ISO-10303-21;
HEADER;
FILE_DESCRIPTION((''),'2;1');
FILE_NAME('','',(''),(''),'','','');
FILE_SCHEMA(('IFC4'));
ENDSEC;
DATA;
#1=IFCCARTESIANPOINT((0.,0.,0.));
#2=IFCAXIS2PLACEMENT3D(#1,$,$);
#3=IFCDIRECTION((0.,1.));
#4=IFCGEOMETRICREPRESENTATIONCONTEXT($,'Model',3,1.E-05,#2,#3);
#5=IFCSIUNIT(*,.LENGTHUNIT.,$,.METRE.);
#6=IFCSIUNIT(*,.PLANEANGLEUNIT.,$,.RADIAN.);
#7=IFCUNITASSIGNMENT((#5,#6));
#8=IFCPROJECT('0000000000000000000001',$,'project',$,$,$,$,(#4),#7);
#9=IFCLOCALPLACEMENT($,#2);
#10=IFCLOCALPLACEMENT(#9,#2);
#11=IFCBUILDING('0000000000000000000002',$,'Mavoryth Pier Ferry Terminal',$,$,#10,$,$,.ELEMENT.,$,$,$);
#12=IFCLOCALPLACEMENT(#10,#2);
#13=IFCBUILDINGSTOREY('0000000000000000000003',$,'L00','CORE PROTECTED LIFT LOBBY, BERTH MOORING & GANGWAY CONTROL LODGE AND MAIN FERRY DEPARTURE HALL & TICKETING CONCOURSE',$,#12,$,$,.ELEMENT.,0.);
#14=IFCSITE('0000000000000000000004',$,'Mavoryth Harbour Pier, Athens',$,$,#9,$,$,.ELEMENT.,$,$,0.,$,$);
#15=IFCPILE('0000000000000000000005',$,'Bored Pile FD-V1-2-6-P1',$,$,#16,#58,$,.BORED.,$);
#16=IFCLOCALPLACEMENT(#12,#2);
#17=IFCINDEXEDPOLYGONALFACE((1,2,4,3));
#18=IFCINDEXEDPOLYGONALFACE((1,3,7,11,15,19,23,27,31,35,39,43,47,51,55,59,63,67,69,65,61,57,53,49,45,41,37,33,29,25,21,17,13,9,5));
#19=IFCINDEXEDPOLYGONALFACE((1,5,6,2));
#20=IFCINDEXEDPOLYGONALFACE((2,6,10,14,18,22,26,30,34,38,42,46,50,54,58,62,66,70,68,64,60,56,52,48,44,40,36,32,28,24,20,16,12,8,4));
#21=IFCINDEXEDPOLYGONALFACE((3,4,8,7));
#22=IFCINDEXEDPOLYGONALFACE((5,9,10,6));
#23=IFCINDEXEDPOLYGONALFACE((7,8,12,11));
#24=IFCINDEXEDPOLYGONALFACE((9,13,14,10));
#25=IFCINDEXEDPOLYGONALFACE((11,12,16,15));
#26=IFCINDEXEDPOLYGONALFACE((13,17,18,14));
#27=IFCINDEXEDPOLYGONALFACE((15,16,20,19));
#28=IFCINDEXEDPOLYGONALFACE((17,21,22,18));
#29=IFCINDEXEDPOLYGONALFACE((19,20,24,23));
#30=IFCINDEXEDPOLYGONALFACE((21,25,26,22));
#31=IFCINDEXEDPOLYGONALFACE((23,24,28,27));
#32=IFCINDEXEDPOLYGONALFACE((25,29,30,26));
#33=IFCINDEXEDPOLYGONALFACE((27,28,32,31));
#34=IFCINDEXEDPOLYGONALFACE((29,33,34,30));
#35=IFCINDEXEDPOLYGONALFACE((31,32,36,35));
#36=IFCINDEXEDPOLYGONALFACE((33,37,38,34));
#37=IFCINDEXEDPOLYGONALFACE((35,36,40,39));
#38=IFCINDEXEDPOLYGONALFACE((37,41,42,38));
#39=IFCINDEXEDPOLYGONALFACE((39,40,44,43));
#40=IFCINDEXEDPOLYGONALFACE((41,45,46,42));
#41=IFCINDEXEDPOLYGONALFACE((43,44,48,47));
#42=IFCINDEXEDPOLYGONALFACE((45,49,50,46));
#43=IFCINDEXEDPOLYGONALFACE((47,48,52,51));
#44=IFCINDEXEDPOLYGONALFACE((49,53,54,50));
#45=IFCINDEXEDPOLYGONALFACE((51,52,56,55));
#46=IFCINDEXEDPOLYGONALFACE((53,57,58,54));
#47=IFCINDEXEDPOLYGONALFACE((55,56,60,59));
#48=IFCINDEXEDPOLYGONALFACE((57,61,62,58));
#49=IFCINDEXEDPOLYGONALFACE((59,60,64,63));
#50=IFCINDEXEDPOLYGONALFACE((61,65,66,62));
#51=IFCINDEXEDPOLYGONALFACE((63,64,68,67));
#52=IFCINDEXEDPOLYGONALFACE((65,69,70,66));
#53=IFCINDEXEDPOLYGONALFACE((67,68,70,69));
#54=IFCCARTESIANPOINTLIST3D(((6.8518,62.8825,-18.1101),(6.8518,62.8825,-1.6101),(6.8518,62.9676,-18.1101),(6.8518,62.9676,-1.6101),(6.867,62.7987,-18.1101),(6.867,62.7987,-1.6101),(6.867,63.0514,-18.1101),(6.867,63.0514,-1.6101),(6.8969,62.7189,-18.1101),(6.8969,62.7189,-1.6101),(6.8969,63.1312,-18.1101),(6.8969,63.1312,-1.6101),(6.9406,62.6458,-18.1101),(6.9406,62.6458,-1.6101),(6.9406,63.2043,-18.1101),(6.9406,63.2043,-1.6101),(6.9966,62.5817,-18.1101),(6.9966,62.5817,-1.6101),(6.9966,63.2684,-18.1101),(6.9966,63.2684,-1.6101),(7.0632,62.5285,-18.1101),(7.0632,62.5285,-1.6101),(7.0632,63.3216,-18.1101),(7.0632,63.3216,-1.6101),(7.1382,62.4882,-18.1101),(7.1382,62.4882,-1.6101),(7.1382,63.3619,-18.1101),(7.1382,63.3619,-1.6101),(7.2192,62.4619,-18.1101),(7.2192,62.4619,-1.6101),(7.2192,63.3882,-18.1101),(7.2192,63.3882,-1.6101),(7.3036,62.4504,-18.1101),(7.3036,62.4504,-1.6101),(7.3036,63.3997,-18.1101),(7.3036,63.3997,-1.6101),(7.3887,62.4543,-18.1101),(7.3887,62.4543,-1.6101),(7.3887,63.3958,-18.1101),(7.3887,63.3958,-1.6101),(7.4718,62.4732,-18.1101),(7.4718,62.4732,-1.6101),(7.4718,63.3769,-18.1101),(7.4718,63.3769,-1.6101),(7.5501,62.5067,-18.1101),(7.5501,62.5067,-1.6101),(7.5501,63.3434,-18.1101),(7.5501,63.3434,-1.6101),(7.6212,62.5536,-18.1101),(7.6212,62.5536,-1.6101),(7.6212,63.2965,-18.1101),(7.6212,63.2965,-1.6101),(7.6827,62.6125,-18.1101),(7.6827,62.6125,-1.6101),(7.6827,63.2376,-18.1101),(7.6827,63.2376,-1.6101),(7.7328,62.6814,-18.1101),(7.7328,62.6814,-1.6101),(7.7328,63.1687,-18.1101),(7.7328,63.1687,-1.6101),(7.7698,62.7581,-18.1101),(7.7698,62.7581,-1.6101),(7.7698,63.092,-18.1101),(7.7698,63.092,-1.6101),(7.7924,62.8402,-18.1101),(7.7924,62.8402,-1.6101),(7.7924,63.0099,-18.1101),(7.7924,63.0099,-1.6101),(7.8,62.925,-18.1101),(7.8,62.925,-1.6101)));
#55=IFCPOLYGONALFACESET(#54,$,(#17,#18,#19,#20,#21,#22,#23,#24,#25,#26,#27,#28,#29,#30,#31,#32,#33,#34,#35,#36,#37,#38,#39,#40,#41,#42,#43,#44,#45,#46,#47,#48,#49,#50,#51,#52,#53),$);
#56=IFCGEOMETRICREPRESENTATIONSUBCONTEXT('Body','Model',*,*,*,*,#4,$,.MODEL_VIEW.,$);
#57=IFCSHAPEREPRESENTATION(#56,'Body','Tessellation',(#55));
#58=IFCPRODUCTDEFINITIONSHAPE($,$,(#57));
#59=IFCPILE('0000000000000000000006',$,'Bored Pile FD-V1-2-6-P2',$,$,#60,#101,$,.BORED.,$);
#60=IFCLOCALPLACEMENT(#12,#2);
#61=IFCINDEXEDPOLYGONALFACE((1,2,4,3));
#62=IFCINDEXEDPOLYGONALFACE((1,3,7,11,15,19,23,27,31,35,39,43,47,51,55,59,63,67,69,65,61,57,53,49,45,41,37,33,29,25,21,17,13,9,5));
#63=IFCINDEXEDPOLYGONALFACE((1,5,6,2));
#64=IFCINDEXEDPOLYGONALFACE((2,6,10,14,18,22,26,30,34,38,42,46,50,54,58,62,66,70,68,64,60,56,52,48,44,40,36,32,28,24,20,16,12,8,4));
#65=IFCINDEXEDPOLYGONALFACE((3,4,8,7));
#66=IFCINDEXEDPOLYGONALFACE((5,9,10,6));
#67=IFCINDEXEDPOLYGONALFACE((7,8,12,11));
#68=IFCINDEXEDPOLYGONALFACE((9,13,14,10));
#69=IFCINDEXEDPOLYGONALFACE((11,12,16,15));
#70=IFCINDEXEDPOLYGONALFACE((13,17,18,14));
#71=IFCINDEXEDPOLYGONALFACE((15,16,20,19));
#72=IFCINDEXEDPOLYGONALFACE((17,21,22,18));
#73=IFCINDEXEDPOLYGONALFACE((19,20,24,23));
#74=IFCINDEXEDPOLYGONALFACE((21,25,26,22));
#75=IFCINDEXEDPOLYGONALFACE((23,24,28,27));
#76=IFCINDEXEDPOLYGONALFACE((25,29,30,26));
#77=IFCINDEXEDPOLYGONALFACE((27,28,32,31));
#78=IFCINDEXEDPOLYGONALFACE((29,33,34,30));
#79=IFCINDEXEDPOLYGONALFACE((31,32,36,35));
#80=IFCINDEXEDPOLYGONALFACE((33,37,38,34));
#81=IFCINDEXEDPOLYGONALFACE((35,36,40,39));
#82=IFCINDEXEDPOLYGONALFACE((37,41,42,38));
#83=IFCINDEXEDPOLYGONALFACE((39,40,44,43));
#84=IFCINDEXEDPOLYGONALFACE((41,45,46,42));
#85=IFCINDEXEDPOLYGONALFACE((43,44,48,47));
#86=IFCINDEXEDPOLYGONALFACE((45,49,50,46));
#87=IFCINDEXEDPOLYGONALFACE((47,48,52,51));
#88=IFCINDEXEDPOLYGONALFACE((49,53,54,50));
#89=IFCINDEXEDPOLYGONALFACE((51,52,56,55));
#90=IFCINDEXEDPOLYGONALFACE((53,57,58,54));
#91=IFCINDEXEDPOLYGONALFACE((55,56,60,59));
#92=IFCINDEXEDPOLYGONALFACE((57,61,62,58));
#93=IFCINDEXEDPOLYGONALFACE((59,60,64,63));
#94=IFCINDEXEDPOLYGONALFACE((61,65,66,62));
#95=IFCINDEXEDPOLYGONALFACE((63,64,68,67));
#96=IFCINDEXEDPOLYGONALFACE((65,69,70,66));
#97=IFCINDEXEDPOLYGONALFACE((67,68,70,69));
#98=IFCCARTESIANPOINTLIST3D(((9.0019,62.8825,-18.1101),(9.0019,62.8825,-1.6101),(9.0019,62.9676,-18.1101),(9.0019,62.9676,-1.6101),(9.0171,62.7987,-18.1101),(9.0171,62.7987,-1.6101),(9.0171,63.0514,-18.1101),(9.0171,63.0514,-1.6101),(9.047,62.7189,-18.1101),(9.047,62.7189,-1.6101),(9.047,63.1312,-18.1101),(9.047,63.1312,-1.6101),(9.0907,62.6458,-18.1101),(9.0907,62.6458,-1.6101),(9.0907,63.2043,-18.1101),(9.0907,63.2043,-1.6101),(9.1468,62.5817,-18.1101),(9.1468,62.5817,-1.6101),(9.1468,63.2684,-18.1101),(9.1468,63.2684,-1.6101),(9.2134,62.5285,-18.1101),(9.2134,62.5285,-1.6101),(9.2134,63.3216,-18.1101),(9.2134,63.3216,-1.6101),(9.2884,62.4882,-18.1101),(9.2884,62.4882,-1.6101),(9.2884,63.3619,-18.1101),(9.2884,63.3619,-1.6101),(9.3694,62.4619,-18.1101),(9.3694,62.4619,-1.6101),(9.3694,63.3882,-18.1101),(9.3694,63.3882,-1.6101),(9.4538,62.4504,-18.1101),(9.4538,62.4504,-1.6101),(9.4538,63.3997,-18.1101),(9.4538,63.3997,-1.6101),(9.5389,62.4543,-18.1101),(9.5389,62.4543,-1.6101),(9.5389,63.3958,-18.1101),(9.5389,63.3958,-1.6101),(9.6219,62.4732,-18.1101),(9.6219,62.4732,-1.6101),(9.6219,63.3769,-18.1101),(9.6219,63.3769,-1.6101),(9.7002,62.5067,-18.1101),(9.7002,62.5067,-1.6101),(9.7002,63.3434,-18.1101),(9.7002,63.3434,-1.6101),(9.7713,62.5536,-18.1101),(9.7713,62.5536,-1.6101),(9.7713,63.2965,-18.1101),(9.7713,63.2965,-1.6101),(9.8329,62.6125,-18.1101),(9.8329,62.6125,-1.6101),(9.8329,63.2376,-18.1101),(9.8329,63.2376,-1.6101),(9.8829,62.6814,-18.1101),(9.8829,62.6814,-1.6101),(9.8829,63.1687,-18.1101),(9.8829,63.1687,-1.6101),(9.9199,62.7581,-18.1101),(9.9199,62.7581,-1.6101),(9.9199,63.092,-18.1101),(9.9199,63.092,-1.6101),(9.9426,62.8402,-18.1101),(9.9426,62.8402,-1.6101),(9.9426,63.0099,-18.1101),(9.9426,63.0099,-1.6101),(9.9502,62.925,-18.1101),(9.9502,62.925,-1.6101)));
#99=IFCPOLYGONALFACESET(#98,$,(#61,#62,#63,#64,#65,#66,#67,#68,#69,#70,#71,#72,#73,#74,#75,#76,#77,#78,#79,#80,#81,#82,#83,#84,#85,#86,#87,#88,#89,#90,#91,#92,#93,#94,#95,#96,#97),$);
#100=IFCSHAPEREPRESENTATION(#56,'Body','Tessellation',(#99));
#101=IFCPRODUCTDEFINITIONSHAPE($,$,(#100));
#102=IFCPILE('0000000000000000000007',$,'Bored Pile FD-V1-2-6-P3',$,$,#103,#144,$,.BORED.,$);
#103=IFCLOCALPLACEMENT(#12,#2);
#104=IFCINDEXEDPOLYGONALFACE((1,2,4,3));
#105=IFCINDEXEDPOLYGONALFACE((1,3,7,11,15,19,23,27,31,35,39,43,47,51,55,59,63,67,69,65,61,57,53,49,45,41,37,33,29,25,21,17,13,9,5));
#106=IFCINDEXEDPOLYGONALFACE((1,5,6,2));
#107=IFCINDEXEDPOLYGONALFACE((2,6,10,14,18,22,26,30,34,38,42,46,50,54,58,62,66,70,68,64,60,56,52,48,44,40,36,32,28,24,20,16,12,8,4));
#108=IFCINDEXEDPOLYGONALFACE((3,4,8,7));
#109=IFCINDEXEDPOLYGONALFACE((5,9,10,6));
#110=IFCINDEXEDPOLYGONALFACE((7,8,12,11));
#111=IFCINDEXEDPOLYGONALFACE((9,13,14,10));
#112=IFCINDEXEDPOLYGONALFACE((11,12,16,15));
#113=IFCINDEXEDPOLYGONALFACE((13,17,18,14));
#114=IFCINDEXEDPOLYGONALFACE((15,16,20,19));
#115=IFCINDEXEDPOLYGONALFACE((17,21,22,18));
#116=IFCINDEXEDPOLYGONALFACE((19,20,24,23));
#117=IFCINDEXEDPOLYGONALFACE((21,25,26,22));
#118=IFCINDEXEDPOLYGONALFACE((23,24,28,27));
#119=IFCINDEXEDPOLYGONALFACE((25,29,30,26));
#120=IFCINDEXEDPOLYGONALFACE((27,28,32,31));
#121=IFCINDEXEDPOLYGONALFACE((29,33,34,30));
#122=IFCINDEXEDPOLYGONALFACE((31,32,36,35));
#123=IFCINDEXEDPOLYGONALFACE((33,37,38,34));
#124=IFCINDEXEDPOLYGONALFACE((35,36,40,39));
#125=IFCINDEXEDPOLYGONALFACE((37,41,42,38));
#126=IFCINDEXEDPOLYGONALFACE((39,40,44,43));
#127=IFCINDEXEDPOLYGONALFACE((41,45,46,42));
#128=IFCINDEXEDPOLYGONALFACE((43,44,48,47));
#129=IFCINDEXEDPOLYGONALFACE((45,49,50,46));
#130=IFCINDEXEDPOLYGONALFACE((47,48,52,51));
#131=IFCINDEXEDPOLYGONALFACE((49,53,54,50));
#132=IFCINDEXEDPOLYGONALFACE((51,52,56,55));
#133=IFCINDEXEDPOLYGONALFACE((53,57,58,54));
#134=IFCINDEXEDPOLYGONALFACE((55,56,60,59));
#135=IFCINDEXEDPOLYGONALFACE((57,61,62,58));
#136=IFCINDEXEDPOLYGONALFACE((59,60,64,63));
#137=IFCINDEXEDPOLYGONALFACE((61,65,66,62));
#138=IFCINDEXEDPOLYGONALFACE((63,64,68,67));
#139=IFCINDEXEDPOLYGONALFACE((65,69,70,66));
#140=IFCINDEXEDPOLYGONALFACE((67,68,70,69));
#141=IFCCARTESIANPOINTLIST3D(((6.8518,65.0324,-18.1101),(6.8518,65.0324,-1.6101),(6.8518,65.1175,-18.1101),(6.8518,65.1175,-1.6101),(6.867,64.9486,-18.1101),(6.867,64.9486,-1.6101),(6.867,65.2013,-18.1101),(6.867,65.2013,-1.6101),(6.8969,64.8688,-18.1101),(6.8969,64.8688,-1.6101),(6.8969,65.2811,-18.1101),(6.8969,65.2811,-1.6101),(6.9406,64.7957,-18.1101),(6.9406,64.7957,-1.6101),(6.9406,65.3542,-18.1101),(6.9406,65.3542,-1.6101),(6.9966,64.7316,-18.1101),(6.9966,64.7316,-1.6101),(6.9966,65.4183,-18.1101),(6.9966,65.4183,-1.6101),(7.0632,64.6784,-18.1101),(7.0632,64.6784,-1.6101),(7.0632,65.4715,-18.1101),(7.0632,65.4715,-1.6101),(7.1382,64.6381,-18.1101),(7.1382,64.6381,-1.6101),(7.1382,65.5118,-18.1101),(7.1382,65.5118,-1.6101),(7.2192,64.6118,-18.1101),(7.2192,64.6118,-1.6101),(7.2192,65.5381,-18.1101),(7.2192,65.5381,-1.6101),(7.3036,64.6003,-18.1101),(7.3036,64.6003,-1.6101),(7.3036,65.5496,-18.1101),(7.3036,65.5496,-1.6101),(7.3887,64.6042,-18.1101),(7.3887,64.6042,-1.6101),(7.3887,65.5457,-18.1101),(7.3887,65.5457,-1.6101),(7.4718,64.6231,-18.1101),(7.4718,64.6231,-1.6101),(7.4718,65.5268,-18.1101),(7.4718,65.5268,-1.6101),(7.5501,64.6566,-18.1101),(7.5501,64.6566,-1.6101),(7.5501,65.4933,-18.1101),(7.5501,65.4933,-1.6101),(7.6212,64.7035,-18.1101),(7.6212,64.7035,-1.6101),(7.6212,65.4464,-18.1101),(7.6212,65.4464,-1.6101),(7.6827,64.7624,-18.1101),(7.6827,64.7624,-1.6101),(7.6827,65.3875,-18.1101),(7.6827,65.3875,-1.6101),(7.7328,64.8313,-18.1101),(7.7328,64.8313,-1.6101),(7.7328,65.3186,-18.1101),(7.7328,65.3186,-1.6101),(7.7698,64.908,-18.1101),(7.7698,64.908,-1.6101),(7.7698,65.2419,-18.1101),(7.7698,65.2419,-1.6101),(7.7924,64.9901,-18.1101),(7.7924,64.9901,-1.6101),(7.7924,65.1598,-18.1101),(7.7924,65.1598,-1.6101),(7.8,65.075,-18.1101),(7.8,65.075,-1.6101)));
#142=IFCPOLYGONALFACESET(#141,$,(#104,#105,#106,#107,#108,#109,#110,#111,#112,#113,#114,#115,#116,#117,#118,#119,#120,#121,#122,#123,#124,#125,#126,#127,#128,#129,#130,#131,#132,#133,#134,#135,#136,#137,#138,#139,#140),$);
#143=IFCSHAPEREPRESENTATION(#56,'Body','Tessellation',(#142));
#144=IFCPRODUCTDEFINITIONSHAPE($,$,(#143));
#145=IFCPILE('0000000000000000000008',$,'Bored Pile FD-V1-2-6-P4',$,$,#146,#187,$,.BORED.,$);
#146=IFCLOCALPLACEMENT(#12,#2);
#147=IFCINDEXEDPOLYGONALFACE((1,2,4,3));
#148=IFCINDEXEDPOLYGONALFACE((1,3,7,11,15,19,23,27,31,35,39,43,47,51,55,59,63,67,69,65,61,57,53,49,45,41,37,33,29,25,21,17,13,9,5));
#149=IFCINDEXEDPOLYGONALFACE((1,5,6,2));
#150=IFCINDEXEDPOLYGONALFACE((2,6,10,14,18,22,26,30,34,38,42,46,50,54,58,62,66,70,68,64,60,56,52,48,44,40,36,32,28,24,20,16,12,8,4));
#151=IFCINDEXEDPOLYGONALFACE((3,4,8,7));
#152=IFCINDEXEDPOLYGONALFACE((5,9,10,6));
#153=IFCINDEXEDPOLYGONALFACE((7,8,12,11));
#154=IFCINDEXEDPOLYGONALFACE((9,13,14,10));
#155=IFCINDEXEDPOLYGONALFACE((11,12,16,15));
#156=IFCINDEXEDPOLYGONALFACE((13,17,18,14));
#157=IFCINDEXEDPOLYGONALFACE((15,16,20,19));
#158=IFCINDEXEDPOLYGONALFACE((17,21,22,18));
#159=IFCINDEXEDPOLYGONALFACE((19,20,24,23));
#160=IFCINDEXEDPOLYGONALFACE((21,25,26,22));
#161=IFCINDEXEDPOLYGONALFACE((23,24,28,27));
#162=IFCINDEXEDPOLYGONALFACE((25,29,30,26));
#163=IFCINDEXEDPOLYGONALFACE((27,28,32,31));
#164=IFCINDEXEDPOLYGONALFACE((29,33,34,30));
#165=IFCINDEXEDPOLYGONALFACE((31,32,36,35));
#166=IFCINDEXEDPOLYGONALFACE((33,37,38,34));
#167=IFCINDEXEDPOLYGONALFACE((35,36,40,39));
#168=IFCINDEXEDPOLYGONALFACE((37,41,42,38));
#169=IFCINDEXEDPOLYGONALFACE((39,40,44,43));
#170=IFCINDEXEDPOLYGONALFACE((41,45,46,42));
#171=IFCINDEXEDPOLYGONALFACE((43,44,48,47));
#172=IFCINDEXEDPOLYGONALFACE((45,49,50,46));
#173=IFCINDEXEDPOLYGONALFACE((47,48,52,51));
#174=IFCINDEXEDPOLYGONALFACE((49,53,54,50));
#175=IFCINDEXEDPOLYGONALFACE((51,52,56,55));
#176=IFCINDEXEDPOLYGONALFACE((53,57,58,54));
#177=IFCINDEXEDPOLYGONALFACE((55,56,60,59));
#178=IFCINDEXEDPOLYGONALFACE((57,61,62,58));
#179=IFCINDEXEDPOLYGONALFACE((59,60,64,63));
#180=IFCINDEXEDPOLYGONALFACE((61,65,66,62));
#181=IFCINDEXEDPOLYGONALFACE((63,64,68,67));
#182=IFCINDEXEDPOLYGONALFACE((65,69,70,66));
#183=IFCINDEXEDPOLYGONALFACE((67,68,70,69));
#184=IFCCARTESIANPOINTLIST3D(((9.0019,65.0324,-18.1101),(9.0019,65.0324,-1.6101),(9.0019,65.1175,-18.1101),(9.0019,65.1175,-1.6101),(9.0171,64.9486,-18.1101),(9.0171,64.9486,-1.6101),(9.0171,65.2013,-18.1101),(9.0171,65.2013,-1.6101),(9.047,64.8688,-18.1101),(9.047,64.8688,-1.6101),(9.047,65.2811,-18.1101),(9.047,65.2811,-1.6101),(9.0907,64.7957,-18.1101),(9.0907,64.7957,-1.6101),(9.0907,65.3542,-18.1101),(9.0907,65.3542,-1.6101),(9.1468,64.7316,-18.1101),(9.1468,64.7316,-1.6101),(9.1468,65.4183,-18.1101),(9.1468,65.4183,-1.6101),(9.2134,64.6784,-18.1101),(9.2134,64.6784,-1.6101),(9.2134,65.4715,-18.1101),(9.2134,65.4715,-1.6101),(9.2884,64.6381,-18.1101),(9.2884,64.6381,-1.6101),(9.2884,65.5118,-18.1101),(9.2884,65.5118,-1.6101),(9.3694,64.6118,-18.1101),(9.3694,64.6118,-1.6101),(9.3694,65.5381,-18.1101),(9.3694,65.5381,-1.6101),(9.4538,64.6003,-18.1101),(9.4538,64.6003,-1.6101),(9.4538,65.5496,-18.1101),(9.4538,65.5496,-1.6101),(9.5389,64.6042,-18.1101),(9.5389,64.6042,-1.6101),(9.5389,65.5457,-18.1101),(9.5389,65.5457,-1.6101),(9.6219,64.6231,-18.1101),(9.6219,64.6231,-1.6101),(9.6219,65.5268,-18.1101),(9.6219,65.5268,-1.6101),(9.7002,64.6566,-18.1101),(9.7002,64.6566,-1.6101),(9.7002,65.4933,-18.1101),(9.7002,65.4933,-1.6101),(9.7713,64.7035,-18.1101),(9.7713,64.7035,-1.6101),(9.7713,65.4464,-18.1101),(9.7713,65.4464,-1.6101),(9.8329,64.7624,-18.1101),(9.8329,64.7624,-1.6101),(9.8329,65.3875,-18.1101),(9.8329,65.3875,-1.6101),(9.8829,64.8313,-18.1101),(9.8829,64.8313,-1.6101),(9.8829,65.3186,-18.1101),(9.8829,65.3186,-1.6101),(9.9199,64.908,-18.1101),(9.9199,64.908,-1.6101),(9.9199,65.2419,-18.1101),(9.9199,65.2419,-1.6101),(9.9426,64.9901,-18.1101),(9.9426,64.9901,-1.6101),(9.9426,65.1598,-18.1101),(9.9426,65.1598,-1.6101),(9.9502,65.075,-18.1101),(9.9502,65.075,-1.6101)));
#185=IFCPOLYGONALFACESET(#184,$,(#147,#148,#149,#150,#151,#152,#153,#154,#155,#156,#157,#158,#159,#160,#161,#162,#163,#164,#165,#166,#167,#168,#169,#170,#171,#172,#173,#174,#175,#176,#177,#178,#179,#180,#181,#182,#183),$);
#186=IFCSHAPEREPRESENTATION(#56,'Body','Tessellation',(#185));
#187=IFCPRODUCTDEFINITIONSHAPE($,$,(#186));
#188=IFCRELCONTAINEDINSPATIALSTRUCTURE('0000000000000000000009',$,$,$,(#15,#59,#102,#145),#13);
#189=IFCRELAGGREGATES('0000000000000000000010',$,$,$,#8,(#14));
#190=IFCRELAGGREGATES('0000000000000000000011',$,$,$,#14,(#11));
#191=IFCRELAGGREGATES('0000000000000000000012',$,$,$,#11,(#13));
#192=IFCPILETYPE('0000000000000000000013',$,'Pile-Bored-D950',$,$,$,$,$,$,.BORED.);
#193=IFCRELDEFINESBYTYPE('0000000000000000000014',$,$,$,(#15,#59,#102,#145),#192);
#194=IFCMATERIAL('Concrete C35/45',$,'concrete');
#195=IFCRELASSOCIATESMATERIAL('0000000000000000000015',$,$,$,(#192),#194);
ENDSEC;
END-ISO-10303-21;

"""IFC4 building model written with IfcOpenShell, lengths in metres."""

from ifc_helpers import new_model, si_unit, direction, frame, origin, origin_2d, place, context, subcontext, project, spatial, circle, extrude, material, material_profile, profile_set, type_object, element, save


model = new_model("IFC4")

# Units and contexts
model_context = context("Model", 3, precision=1e-05, world=origin(), true_north=direction((0.0, 1.0)))
body_context = subcontext(model_context, "Body", "Model", "MODEL_VIEW")
ifc_project = project(units=[si_unit("LENGTHUNIT", "METRE"), si_unit("PLANEANGLEUNIT", "RADIAN")], contexts=[model_context])

# Site, building, storey
site_placement = place(None, origin())
site = spatial("IfcSite", under=ifc_project, at=site_placement, Name="Mavoryth Harbour Pier, Athens", CompositionType="ELEMENT", RefElevation=0.0)
building_placement = place(site_placement, origin())
building = spatial("IfcBuilding", under=site, at=building_placement, Name="Mavoryth Pier Ferry Terminal", CompositionType="ELEMENT")
storey_placement = place(building_placement, origin())
storey = spatial("IfcBuildingStorey", under=building, at=storey_placement, Name="L00", Description="CORE PROTECTED LIFT LOBBY, BERTH MOORING & GANGWAY CONTROL LODGE AND MAIN FERRY DEPARTURE HALL & TICKETING CONCOURSE", CompositionType="ELEMENT", Elevation=0.0)

# Shared definitions
ifc_material_1 = material(Name="Concrete C35/45", Category="concrete")

# Piles
ifc_material_profile_1 = material_profile(ifc_material_1, circle(Radius=0.4751, at=origin_2d()), Name="PILE D950", Category="concrete")
ifc_profile_set_1 = profile_set([ifc_material_profile_1], Name="Concrete C35/45 - PILE D950")
pile_type_1 = type_object("IfcPileType", Name="Pile-Bored-D950", PredefinedType="BORED", material=ifc_profile_set_1)
for number, where, z_axis, x_axis, name in (
    (1, (7.325, 62.925, -1.6101), (0.0, 0.0, -1.0), (1.0, 0.0, 0.0), "Bored Pile FD-V1-2-6-P1"),
    (2, (9.4751, 62.925, -1.6101), (0.0, 0.0, -1.0), (1.0, 0.0, 0.0), "Bored Pile FD-V1-2-6-P2"),
    (3, (7.325, 65.075, -1.6101), (0.0, 0.0, -1.0), (1.0, 0.0, 0.0), "Bored Pile FD-V1-2-6-P3"),
    (4, (9.4751, 65.075, -1.6101), (0.0, 0.0, -1.0), (1.0, 0.0, 0.0), "Bored Pile FD-V1-2-6-P4"),
):
    element("IfcPile", number, at=place(storey_placement, frame(where, z_axis=z_axis, x_axis=x_axis)), inside=storey, type_object=pile_type_1, Name=name, PredefinedType="BORED", context=body_context, shape_type="SweptSolid", body=[
        extrude(circle(Radius=0.4751, at=origin_2d()), origin(), (0.0, 0.0, 1.0), 16.5),
    ])

save(model, "model.ifc")
